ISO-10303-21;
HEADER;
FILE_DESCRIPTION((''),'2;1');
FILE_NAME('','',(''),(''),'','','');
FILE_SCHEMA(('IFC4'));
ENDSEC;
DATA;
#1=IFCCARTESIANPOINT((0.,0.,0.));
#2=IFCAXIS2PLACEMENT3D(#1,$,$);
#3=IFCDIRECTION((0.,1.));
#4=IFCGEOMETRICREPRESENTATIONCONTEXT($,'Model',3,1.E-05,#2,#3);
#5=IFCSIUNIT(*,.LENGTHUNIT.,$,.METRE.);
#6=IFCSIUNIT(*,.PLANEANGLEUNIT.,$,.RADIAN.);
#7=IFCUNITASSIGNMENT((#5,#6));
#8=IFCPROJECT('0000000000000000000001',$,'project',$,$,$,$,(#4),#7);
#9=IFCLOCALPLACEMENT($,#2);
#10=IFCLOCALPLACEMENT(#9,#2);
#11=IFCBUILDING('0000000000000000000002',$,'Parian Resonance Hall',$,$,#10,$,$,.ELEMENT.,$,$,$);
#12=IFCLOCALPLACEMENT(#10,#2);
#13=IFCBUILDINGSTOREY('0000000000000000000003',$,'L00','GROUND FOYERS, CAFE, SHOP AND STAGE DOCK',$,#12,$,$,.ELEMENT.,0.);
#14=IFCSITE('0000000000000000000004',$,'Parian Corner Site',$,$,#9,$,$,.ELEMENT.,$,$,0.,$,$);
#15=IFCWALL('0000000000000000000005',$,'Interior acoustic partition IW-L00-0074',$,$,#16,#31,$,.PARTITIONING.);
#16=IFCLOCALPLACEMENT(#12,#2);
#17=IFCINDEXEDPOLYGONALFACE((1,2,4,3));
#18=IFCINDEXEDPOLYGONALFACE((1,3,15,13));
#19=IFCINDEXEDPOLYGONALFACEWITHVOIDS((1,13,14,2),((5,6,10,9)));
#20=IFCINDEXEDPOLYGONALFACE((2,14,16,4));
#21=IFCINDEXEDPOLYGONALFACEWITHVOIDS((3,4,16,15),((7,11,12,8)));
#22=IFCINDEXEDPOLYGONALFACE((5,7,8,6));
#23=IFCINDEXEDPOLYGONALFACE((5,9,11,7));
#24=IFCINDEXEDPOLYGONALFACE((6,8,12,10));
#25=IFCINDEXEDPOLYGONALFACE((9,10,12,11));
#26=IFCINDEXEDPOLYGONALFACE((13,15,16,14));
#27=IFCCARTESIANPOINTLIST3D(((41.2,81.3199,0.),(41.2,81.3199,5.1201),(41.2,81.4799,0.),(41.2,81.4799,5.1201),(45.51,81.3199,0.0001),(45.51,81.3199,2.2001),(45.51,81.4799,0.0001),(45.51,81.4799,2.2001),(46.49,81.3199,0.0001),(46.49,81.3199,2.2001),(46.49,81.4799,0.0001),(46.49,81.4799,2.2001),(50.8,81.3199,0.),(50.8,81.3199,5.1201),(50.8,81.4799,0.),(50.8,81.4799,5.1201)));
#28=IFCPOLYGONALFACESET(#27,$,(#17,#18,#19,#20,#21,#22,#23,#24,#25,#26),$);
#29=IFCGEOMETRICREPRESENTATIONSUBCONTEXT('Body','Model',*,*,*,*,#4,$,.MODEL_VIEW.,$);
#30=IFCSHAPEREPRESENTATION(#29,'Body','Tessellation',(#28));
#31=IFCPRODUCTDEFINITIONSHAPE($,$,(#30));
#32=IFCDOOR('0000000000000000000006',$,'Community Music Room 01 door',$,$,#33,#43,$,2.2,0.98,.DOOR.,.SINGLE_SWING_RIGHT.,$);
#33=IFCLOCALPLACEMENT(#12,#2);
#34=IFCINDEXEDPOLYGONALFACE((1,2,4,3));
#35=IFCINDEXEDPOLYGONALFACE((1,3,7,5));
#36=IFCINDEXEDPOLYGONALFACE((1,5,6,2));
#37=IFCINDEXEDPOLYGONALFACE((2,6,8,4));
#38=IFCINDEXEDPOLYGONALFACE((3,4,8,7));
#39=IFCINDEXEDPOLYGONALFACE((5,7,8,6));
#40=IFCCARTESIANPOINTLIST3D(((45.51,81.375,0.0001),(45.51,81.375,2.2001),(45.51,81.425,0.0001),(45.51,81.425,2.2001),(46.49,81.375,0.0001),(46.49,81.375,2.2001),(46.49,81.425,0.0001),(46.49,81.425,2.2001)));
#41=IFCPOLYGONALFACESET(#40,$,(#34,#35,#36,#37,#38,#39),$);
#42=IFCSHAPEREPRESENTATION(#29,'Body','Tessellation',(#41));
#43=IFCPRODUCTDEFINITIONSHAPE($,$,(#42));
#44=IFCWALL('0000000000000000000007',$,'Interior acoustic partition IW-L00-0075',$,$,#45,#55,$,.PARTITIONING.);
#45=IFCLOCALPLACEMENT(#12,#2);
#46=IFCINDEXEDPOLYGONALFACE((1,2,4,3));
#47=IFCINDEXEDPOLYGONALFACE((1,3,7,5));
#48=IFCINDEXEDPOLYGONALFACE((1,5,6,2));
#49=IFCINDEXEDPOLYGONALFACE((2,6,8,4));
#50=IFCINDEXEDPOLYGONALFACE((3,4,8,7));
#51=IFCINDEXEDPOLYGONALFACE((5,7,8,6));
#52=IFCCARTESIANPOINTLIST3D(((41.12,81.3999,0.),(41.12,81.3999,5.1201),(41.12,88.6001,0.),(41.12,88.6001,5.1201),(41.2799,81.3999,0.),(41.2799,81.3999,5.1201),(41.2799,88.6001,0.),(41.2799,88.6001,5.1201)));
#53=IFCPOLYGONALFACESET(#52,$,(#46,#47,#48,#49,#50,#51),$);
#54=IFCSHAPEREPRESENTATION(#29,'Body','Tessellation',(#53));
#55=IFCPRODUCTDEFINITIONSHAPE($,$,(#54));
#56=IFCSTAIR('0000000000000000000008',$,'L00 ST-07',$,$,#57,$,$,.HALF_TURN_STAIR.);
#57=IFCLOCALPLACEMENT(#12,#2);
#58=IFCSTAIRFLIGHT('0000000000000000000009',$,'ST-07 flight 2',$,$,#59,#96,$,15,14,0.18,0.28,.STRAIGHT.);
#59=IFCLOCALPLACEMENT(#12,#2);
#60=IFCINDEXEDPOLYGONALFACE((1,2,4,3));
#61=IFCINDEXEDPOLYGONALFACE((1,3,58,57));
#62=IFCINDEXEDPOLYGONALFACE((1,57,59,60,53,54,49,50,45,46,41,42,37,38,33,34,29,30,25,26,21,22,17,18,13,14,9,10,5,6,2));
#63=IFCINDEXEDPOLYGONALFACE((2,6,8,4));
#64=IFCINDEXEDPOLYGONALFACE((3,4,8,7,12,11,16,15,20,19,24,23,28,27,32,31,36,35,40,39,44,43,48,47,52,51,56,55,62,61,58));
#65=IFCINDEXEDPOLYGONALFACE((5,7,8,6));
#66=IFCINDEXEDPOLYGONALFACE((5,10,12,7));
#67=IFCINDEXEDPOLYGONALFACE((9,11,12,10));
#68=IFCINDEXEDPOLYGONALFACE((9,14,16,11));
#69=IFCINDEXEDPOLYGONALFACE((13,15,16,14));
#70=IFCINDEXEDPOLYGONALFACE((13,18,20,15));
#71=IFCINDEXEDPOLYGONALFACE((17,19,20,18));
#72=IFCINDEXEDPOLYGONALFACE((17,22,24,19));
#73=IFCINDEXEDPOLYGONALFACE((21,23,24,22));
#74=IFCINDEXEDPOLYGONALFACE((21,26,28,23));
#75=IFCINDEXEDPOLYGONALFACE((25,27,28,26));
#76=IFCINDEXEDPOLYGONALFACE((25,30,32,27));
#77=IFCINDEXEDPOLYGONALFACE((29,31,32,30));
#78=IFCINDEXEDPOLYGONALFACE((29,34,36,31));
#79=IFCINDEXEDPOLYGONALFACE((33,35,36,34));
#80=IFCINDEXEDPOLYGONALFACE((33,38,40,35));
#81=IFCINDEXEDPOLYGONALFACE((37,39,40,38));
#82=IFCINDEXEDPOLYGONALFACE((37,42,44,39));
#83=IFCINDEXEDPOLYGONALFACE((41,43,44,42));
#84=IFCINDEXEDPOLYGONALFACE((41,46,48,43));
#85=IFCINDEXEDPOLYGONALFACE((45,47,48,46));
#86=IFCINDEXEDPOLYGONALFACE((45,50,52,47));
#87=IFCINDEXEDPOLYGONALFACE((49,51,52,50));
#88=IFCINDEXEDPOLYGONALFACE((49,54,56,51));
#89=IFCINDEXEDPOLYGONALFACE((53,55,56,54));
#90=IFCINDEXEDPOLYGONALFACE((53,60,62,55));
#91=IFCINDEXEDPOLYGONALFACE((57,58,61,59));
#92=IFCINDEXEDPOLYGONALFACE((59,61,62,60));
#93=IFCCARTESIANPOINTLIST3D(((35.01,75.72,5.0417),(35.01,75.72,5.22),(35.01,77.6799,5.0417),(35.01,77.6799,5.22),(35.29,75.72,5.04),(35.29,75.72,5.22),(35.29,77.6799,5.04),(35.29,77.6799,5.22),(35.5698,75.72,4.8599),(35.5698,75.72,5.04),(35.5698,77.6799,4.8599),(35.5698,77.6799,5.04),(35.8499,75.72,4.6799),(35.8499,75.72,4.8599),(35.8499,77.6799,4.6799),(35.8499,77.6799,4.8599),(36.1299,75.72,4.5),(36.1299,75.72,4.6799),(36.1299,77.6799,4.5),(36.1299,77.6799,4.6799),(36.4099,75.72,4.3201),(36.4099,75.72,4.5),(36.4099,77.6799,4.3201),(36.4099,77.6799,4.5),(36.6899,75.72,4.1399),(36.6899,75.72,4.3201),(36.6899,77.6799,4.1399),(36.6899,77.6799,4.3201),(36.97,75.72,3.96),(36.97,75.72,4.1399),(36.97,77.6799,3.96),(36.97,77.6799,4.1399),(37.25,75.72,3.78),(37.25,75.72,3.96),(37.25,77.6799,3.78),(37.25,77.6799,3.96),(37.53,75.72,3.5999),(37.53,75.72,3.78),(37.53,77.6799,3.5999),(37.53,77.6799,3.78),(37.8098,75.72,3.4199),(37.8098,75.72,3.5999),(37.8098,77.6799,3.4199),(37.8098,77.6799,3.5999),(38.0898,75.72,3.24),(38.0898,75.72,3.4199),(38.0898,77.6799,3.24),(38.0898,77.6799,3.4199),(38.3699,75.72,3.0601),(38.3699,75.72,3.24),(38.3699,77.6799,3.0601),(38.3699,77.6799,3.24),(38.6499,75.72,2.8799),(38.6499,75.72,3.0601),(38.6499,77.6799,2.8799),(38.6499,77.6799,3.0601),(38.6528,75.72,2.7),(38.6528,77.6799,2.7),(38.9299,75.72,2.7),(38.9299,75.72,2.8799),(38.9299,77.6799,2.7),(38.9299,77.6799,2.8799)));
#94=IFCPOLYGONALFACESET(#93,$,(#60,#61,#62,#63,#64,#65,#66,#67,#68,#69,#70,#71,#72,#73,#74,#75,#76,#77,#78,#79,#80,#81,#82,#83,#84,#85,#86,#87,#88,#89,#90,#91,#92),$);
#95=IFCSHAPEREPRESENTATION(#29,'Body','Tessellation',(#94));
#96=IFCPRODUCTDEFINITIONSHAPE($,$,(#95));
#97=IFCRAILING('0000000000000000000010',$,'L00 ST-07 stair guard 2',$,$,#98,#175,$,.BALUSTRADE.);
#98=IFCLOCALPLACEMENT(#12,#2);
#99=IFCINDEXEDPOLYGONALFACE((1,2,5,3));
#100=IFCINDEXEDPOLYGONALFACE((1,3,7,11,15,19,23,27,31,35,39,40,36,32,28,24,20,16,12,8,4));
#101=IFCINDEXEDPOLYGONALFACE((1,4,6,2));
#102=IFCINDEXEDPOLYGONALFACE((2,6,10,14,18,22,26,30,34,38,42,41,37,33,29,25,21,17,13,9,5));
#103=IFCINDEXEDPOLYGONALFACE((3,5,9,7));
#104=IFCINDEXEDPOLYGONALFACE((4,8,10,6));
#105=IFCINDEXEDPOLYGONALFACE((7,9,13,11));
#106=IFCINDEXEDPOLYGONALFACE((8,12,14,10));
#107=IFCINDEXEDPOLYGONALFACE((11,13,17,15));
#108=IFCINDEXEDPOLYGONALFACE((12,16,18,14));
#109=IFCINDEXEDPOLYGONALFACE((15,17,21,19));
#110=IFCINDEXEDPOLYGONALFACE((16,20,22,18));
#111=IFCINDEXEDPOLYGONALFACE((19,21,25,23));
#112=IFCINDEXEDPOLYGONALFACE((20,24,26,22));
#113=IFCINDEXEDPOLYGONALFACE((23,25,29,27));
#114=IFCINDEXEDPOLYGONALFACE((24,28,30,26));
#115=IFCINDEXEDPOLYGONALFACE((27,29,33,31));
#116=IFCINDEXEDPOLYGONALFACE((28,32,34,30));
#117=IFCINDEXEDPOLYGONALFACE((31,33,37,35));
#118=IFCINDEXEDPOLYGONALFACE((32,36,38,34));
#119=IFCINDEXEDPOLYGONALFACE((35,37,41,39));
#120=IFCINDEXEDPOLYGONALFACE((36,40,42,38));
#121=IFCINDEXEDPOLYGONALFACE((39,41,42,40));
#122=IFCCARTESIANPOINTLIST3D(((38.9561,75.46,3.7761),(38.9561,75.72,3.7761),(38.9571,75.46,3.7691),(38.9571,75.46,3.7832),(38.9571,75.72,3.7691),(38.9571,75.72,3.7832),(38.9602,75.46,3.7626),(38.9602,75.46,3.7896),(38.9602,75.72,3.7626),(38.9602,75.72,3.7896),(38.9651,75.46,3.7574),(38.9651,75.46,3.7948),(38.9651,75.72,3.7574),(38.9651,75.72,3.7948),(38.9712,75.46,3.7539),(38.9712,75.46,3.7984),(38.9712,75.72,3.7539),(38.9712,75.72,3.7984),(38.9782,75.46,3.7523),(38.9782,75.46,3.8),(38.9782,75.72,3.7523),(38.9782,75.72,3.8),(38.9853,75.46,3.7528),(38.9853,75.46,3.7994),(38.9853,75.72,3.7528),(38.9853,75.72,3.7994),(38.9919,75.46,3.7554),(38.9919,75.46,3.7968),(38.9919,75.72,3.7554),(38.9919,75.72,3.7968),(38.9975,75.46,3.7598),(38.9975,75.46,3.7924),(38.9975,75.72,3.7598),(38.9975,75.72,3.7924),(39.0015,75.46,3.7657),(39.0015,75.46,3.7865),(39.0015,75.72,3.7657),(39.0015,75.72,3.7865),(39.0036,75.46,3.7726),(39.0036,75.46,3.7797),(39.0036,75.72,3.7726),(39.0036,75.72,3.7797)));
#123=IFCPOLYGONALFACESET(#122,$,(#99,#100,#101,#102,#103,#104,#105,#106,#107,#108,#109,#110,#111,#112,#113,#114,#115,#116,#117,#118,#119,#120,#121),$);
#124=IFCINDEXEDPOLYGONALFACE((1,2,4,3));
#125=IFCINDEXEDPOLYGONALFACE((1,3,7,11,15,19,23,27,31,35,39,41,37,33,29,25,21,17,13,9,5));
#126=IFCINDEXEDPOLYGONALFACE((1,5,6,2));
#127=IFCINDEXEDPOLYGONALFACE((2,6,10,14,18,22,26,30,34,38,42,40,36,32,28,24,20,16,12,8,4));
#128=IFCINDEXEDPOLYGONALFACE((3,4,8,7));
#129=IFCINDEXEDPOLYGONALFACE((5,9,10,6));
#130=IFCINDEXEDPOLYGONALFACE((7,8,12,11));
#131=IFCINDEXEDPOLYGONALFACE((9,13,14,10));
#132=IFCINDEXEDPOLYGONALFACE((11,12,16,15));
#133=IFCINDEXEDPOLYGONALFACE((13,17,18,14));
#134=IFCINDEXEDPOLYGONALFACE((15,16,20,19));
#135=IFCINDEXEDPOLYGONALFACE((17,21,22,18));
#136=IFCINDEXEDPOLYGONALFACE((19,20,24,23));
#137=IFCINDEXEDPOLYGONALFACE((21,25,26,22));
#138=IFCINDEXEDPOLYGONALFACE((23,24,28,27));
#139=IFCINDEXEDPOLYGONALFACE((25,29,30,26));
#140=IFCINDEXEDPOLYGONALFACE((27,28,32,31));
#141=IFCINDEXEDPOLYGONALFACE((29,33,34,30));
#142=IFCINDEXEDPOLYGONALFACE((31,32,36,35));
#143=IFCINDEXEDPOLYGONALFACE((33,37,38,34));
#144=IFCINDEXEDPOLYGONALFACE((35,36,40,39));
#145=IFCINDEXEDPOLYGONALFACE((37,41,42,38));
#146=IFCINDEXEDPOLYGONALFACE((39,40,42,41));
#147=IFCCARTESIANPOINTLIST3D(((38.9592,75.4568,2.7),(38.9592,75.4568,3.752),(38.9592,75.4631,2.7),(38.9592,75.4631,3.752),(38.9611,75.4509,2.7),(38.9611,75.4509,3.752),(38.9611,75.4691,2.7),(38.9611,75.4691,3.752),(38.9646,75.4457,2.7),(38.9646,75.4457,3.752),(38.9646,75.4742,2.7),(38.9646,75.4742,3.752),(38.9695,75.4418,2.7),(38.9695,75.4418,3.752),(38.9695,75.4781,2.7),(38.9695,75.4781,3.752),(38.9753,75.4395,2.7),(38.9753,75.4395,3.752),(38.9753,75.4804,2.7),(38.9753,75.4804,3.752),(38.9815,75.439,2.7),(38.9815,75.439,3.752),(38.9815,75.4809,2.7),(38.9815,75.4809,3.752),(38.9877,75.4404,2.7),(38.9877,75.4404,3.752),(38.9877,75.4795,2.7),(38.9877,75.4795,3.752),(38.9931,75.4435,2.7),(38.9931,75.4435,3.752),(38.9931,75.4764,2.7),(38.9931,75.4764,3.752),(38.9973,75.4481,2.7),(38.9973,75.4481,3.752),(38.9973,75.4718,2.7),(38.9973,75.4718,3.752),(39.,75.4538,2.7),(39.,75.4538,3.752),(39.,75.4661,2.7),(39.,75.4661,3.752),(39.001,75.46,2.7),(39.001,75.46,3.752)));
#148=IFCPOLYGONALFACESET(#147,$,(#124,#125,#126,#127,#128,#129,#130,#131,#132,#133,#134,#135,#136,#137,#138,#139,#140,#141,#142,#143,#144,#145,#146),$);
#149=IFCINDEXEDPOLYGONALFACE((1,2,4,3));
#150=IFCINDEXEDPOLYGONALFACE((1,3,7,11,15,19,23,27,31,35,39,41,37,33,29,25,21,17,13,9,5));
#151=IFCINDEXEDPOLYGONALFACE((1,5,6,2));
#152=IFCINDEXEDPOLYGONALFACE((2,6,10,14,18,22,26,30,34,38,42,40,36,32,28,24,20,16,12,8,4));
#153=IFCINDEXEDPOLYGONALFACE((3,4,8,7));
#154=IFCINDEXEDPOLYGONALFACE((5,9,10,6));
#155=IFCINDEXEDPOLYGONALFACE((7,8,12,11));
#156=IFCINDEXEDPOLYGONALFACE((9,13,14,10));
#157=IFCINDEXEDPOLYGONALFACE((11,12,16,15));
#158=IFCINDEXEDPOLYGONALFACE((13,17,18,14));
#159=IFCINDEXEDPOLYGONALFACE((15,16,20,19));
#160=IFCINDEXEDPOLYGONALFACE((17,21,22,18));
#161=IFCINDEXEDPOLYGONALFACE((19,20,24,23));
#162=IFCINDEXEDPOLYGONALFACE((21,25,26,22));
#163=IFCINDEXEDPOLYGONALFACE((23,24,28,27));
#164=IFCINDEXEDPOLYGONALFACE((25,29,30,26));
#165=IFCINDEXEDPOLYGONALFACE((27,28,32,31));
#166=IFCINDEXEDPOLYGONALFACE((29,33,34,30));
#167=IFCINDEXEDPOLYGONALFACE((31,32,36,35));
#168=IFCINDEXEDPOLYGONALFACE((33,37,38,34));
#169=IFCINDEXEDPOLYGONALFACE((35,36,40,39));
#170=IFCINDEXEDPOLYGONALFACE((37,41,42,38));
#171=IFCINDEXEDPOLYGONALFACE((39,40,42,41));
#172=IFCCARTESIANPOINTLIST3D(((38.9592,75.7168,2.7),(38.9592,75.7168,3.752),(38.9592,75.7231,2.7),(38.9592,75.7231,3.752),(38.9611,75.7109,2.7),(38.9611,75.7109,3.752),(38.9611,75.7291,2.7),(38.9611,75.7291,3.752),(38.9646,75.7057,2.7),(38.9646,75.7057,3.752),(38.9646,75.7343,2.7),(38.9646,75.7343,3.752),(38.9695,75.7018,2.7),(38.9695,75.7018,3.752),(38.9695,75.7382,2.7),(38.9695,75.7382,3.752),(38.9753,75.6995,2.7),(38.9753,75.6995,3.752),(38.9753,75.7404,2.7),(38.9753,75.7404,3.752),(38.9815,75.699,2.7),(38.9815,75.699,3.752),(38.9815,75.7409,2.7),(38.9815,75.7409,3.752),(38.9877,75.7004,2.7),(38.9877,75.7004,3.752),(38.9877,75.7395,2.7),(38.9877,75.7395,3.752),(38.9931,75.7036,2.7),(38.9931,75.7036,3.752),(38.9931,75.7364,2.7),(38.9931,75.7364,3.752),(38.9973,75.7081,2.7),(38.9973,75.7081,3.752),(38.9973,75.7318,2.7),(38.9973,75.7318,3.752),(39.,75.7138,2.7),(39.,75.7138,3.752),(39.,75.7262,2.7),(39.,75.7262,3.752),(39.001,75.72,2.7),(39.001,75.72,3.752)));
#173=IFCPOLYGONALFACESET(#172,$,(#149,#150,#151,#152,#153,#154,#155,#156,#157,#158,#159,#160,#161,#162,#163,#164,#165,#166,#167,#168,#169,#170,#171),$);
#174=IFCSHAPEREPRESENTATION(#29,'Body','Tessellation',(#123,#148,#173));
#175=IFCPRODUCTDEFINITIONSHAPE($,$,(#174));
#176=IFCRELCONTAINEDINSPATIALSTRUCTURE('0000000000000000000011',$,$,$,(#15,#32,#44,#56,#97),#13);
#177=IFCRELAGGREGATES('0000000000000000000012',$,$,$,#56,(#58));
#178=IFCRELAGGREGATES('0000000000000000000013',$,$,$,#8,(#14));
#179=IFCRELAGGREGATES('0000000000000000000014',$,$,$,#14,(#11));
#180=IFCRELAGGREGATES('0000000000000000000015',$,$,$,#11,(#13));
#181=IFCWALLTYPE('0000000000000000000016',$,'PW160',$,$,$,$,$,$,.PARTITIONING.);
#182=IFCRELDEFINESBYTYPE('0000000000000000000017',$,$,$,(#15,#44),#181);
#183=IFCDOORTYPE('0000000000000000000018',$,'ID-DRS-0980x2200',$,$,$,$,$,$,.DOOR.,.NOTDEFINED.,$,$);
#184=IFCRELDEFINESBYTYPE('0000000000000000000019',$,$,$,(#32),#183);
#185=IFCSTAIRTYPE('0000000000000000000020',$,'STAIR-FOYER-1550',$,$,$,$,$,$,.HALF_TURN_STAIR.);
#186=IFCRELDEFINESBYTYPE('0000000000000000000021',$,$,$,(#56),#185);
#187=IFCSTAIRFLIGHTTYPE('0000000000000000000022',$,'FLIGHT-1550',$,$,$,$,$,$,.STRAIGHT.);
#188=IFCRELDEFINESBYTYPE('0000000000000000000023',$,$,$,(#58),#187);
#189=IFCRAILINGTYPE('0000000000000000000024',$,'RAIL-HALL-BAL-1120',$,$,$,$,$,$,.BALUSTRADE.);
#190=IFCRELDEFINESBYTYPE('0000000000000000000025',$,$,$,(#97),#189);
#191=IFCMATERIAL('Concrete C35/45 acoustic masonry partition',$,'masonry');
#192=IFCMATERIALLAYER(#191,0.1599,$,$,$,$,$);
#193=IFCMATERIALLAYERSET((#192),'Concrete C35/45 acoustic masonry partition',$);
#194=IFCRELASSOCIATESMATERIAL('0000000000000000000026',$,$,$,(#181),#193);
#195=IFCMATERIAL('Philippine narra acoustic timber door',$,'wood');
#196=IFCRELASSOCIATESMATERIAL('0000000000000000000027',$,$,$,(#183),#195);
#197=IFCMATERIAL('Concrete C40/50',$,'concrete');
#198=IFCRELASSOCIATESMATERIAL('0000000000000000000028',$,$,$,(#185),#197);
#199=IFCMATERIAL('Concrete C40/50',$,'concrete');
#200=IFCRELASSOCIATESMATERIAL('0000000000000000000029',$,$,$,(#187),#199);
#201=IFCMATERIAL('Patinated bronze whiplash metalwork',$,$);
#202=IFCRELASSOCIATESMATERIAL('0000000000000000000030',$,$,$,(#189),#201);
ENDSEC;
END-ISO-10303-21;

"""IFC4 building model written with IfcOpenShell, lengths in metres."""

from ifc_helpers import new_model, si_unit, direction, frame, frame_2d, origin, origin_2d, place, context, subcontext, project, spatial, polyline, rectangle, circle, outline, extrude, material, layer, layer_set, type_object, element, fill, aggregate, save


model = new_model("IFC4")

# Units and contexts
model_context = context("Model", 3, precision=1e-05, world=origin(), true_north=direction((0.0, 1.0)))
body_context = subcontext(model_context, "Body", "Model", "MODEL_VIEW")
ifc_project = project(units=[si_unit("LENGTHUNIT", "METRE"), si_unit("PLANEANGLEUNIT", "RADIAN")], contexts=[model_context])

# Site, building, storey
site_placement = place(None, origin())
site = spatial("IfcSite", under=ifc_project, at=site_placement, Name="Parian Corner Site", CompositionType="ELEMENT", RefElevation=0.0)
building_placement = place(site_placement, origin())
building = spatial("IfcBuilding", under=site, at=building_placement, Name="Parian Resonance Hall", CompositionType="ELEMENT")
storey_placement = place(building_placement, origin())
storey = spatial("IfcBuildingStorey", under=building, at=storey_placement, Name="L00", Description="GROUND FOYERS, CAFE, SHOP AND STAGE DOCK", CompositionType="ELEMENT", Elevation=0.0)

# Shared definitions
ifc_material_1 = material(Name="Concrete C35/45 acoustic masonry partition", Category="masonry")
ifc_layer_1 = layer(ifc_material_1, 0.1599)
ifc_layer_set_1 = layer_set([ifc_layer_1], Name="Concrete C35/45 acoustic masonry partition")
wall_type_1 = type_object("IfcWallType", Name="PW160", PredefinedType="PARTITIONING", material=ifc_layer_set_1)

# Wall, opening, door
wall_1_placement = place(storey_placement, frame((50.8, 81.3999, 0.0), z_axis=(0.0, 0.0, 1.0), x_axis=(-1.0, 0.0, 0.0)))
wall_1 = element("IfcWall", 1, at=wall_1_placement, inside=storey, type_object=wall_type_1, Name="Interior acoustic partition IW-L00-0074", PredefinedType="PARTITIONING", context=body_context, shape_type="SweptSolid", body=[
    extrude(rectangle(XDim=9.6001, YDim=0.1599, at=frame_2d((4.8, 0.0))), origin(), (0.0, 0.0, 1.0), 5.1201),
])
opening_1_placement = place(wall_1_placement, frame((4.3101, 0.0, 0.0)))
opening_1 = element("IfcOpeningElement", 2, at=opening_1_placement, cuts=wall_1, PredefinedType="OPENING", context=body_context, shape_type="SweptSolid", body=[
    extrude(rectangle(XDim=0.98, YDim=2.2, at=frame_2d((0.49, 1.1001))), frame((0.0, 0.0898, 0.0), z_axis=(0.0, -1.0, 0.0), x_axis=(1.0, 0.0, 0.0)), (0.0, 0.0, 1.0), 0.1799),
])
ifc_material_2 = material(Name="Philippine narra acoustic timber door", Category="wood")
door_type = type_object("IfcDoorType", Name="ID-DRS-0980x2200", OperationType="NOTDEFINED", PredefinedType="DOOR", material=ifc_material_2)
door_placement = place(opening_1_placement, origin())
door = element("IfcDoor", 3, at=door_placement, inside=storey, type_object=door_type, Name="Community Music Room 01 door", OperationType="SINGLE_SWING_RIGHT", OverallHeight=2.2, OverallWidth=0.98, PredefinedType="DOOR", context=body_context, shape_type="SweptSolid", body=[
    extrude(rectangle(XDim=0.98, YDim=2.2, at=frame_2d((0.49, 1.1001))), frame((0.0, 0.0249, 0.0), z_axis=(0.0, -1.0, 0.0), x_axis=(1.0, 0.0, 0.0)), (0.0, 0.0, 1.0), 0.05),
])
fill(opening_1, door)

# Wall
wall_2_placement = place(storey_placement, frame((41.2, 81.3999, 0.0), z_axis=(0.0, 0.0, 1.0), x_axis=(0.0, 1.0, 0.0)))
element("IfcWall", 4, at=wall_2_placement, inside=storey, type_object=wall_type_1, Name="Interior acoustic partition IW-L00-0075", PredefinedType="PARTITIONING", context=body_context, shape_type="SweptSolid", body=[
    extrude(rectangle(XDim=7.2002, YDim=0.1599, at=frame_2d((3.6001, 0.0))), origin(), (0.0, 0.0, 1.0), 5.1201),
])

# Stair, stair flight
ifc_material_3 = material(Name="Concrete C40/50", Category="concrete")
stair_type = type_object("IfcStairType", Name="STAIR-FOYER-1550", PredefinedType="HALF_TURN_STAIR", material=ifc_material_3)
stair_placement = place(storey_placement, origin())
stair = element("IfcStair", 5, at=stair_placement, inside=storey, type_object=stair_type, Name="L00 ST-07", PredefinedType="HALF_TURN_STAIR")
ifc_material_4 = material(Name="Concrete C40/50", Category="concrete")
stair_flight_type = type_object("IfcStairFlightType", Name="FLIGHT-1550", PredefinedType="STRAIGHT", material=ifc_material_4)
stair_flight_placement = place(storey_placement, frame((38.9299, 76.7, 2.7), z_axis=(0.0, 0.0, 1.0), x_axis=(-1.0, 0.0, 0.0)))
stair_flight = element("IfcStairFlight", 6, at=stair_flight_placement, type_object=stair_flight_type, Name="ST-07 flight 2", NumberOfRisers=15, NumberOfTreads=14, PredefinedType="STRAIGHT", RiserHeight=0.18, TreadLength=0.28, context=body_context, shape_type="SweptSolid", body=[
    extrude(outline(polyline([(0.0, 0.0), (0.0, 0.1799), (0.28, 0.1799), (0.28, 0.3601), (0.5601, 0.3601), (0.5601, 0.54), (0.8401, 0.54), (0.8401, 0.72), (1.1201, 0.72), (1.1201, 0.8999), (1.3999, 0.8999), (1.3999, 1.0801), (1.6799, 1.0801), (1.6799, 1.26), (1.96, 1.26), (1.96, 1.4399), (2.24, 1.4399), (2.24, 1.6201), (2.52, 1.6201), (2.52, 1.8), (2.8, 1.8), (2.8, 1.98), (3.0801, 1.98), (3.0801, 2.1599), (3.3601, 2.1599), (3.3601, 2.3401), (3.6399, 2.3401), (3.6399, 2.52), (3.9199, 2.52), (3.9199, 2.7), (3.9199, 2.3418), (0.2771, 0.0), (0.0, 0.0)])), frame((0.0, 0.98, 0.0), z_axis=(0.0, -1.0, 0.0), x_axis=(1.0, 0.0, 0.0)), (0.0, 0.0, 1.0), 1.96),
])
aggregate(stair, [stair_flight])

# Railing
ifc_material_5 = material(Name="Patinated bronze whiplash metalwork")
railing_type_1 = type_object("IfcRailingType", Name="RAIL-HALL-BAL-1120", PredefinedType="BALUSTRADE", material=ifc_material_5)
railing_1_placement = place(storey_placement, frame((38.98, 75.46, 2.7)))
element("IfcRailing", 7, at=railing_1_placement, inside=storey, type_object=railing_type_1, Name="L00 ST-07 stair guard 2", PredefinedType="BALUSTRADE", context=body_context, shape_type="SweptSolid", body=[
    extrude(circle(Radius=0.0239, at=origin_2d()), frame((0.0, 0.0, 1.0762), z_axis=(0.0, 1.0, 0.0), x_axis=(-1.0, 0.0, 0.0)), (0.0, 0.0, 1.0), 0.26),
    extrude(circle(Radius=0.021, at=origin_2d()), origin(), (0.0, 0.0, 1.0), 1.052),
    extrude(circle(Radius=0.021, at=origin_2d()), frame((0.0, 0.26, 0.0)), (0.0, 0.0, 1.0), 1.052),
])

save(model, "model.ifc")
